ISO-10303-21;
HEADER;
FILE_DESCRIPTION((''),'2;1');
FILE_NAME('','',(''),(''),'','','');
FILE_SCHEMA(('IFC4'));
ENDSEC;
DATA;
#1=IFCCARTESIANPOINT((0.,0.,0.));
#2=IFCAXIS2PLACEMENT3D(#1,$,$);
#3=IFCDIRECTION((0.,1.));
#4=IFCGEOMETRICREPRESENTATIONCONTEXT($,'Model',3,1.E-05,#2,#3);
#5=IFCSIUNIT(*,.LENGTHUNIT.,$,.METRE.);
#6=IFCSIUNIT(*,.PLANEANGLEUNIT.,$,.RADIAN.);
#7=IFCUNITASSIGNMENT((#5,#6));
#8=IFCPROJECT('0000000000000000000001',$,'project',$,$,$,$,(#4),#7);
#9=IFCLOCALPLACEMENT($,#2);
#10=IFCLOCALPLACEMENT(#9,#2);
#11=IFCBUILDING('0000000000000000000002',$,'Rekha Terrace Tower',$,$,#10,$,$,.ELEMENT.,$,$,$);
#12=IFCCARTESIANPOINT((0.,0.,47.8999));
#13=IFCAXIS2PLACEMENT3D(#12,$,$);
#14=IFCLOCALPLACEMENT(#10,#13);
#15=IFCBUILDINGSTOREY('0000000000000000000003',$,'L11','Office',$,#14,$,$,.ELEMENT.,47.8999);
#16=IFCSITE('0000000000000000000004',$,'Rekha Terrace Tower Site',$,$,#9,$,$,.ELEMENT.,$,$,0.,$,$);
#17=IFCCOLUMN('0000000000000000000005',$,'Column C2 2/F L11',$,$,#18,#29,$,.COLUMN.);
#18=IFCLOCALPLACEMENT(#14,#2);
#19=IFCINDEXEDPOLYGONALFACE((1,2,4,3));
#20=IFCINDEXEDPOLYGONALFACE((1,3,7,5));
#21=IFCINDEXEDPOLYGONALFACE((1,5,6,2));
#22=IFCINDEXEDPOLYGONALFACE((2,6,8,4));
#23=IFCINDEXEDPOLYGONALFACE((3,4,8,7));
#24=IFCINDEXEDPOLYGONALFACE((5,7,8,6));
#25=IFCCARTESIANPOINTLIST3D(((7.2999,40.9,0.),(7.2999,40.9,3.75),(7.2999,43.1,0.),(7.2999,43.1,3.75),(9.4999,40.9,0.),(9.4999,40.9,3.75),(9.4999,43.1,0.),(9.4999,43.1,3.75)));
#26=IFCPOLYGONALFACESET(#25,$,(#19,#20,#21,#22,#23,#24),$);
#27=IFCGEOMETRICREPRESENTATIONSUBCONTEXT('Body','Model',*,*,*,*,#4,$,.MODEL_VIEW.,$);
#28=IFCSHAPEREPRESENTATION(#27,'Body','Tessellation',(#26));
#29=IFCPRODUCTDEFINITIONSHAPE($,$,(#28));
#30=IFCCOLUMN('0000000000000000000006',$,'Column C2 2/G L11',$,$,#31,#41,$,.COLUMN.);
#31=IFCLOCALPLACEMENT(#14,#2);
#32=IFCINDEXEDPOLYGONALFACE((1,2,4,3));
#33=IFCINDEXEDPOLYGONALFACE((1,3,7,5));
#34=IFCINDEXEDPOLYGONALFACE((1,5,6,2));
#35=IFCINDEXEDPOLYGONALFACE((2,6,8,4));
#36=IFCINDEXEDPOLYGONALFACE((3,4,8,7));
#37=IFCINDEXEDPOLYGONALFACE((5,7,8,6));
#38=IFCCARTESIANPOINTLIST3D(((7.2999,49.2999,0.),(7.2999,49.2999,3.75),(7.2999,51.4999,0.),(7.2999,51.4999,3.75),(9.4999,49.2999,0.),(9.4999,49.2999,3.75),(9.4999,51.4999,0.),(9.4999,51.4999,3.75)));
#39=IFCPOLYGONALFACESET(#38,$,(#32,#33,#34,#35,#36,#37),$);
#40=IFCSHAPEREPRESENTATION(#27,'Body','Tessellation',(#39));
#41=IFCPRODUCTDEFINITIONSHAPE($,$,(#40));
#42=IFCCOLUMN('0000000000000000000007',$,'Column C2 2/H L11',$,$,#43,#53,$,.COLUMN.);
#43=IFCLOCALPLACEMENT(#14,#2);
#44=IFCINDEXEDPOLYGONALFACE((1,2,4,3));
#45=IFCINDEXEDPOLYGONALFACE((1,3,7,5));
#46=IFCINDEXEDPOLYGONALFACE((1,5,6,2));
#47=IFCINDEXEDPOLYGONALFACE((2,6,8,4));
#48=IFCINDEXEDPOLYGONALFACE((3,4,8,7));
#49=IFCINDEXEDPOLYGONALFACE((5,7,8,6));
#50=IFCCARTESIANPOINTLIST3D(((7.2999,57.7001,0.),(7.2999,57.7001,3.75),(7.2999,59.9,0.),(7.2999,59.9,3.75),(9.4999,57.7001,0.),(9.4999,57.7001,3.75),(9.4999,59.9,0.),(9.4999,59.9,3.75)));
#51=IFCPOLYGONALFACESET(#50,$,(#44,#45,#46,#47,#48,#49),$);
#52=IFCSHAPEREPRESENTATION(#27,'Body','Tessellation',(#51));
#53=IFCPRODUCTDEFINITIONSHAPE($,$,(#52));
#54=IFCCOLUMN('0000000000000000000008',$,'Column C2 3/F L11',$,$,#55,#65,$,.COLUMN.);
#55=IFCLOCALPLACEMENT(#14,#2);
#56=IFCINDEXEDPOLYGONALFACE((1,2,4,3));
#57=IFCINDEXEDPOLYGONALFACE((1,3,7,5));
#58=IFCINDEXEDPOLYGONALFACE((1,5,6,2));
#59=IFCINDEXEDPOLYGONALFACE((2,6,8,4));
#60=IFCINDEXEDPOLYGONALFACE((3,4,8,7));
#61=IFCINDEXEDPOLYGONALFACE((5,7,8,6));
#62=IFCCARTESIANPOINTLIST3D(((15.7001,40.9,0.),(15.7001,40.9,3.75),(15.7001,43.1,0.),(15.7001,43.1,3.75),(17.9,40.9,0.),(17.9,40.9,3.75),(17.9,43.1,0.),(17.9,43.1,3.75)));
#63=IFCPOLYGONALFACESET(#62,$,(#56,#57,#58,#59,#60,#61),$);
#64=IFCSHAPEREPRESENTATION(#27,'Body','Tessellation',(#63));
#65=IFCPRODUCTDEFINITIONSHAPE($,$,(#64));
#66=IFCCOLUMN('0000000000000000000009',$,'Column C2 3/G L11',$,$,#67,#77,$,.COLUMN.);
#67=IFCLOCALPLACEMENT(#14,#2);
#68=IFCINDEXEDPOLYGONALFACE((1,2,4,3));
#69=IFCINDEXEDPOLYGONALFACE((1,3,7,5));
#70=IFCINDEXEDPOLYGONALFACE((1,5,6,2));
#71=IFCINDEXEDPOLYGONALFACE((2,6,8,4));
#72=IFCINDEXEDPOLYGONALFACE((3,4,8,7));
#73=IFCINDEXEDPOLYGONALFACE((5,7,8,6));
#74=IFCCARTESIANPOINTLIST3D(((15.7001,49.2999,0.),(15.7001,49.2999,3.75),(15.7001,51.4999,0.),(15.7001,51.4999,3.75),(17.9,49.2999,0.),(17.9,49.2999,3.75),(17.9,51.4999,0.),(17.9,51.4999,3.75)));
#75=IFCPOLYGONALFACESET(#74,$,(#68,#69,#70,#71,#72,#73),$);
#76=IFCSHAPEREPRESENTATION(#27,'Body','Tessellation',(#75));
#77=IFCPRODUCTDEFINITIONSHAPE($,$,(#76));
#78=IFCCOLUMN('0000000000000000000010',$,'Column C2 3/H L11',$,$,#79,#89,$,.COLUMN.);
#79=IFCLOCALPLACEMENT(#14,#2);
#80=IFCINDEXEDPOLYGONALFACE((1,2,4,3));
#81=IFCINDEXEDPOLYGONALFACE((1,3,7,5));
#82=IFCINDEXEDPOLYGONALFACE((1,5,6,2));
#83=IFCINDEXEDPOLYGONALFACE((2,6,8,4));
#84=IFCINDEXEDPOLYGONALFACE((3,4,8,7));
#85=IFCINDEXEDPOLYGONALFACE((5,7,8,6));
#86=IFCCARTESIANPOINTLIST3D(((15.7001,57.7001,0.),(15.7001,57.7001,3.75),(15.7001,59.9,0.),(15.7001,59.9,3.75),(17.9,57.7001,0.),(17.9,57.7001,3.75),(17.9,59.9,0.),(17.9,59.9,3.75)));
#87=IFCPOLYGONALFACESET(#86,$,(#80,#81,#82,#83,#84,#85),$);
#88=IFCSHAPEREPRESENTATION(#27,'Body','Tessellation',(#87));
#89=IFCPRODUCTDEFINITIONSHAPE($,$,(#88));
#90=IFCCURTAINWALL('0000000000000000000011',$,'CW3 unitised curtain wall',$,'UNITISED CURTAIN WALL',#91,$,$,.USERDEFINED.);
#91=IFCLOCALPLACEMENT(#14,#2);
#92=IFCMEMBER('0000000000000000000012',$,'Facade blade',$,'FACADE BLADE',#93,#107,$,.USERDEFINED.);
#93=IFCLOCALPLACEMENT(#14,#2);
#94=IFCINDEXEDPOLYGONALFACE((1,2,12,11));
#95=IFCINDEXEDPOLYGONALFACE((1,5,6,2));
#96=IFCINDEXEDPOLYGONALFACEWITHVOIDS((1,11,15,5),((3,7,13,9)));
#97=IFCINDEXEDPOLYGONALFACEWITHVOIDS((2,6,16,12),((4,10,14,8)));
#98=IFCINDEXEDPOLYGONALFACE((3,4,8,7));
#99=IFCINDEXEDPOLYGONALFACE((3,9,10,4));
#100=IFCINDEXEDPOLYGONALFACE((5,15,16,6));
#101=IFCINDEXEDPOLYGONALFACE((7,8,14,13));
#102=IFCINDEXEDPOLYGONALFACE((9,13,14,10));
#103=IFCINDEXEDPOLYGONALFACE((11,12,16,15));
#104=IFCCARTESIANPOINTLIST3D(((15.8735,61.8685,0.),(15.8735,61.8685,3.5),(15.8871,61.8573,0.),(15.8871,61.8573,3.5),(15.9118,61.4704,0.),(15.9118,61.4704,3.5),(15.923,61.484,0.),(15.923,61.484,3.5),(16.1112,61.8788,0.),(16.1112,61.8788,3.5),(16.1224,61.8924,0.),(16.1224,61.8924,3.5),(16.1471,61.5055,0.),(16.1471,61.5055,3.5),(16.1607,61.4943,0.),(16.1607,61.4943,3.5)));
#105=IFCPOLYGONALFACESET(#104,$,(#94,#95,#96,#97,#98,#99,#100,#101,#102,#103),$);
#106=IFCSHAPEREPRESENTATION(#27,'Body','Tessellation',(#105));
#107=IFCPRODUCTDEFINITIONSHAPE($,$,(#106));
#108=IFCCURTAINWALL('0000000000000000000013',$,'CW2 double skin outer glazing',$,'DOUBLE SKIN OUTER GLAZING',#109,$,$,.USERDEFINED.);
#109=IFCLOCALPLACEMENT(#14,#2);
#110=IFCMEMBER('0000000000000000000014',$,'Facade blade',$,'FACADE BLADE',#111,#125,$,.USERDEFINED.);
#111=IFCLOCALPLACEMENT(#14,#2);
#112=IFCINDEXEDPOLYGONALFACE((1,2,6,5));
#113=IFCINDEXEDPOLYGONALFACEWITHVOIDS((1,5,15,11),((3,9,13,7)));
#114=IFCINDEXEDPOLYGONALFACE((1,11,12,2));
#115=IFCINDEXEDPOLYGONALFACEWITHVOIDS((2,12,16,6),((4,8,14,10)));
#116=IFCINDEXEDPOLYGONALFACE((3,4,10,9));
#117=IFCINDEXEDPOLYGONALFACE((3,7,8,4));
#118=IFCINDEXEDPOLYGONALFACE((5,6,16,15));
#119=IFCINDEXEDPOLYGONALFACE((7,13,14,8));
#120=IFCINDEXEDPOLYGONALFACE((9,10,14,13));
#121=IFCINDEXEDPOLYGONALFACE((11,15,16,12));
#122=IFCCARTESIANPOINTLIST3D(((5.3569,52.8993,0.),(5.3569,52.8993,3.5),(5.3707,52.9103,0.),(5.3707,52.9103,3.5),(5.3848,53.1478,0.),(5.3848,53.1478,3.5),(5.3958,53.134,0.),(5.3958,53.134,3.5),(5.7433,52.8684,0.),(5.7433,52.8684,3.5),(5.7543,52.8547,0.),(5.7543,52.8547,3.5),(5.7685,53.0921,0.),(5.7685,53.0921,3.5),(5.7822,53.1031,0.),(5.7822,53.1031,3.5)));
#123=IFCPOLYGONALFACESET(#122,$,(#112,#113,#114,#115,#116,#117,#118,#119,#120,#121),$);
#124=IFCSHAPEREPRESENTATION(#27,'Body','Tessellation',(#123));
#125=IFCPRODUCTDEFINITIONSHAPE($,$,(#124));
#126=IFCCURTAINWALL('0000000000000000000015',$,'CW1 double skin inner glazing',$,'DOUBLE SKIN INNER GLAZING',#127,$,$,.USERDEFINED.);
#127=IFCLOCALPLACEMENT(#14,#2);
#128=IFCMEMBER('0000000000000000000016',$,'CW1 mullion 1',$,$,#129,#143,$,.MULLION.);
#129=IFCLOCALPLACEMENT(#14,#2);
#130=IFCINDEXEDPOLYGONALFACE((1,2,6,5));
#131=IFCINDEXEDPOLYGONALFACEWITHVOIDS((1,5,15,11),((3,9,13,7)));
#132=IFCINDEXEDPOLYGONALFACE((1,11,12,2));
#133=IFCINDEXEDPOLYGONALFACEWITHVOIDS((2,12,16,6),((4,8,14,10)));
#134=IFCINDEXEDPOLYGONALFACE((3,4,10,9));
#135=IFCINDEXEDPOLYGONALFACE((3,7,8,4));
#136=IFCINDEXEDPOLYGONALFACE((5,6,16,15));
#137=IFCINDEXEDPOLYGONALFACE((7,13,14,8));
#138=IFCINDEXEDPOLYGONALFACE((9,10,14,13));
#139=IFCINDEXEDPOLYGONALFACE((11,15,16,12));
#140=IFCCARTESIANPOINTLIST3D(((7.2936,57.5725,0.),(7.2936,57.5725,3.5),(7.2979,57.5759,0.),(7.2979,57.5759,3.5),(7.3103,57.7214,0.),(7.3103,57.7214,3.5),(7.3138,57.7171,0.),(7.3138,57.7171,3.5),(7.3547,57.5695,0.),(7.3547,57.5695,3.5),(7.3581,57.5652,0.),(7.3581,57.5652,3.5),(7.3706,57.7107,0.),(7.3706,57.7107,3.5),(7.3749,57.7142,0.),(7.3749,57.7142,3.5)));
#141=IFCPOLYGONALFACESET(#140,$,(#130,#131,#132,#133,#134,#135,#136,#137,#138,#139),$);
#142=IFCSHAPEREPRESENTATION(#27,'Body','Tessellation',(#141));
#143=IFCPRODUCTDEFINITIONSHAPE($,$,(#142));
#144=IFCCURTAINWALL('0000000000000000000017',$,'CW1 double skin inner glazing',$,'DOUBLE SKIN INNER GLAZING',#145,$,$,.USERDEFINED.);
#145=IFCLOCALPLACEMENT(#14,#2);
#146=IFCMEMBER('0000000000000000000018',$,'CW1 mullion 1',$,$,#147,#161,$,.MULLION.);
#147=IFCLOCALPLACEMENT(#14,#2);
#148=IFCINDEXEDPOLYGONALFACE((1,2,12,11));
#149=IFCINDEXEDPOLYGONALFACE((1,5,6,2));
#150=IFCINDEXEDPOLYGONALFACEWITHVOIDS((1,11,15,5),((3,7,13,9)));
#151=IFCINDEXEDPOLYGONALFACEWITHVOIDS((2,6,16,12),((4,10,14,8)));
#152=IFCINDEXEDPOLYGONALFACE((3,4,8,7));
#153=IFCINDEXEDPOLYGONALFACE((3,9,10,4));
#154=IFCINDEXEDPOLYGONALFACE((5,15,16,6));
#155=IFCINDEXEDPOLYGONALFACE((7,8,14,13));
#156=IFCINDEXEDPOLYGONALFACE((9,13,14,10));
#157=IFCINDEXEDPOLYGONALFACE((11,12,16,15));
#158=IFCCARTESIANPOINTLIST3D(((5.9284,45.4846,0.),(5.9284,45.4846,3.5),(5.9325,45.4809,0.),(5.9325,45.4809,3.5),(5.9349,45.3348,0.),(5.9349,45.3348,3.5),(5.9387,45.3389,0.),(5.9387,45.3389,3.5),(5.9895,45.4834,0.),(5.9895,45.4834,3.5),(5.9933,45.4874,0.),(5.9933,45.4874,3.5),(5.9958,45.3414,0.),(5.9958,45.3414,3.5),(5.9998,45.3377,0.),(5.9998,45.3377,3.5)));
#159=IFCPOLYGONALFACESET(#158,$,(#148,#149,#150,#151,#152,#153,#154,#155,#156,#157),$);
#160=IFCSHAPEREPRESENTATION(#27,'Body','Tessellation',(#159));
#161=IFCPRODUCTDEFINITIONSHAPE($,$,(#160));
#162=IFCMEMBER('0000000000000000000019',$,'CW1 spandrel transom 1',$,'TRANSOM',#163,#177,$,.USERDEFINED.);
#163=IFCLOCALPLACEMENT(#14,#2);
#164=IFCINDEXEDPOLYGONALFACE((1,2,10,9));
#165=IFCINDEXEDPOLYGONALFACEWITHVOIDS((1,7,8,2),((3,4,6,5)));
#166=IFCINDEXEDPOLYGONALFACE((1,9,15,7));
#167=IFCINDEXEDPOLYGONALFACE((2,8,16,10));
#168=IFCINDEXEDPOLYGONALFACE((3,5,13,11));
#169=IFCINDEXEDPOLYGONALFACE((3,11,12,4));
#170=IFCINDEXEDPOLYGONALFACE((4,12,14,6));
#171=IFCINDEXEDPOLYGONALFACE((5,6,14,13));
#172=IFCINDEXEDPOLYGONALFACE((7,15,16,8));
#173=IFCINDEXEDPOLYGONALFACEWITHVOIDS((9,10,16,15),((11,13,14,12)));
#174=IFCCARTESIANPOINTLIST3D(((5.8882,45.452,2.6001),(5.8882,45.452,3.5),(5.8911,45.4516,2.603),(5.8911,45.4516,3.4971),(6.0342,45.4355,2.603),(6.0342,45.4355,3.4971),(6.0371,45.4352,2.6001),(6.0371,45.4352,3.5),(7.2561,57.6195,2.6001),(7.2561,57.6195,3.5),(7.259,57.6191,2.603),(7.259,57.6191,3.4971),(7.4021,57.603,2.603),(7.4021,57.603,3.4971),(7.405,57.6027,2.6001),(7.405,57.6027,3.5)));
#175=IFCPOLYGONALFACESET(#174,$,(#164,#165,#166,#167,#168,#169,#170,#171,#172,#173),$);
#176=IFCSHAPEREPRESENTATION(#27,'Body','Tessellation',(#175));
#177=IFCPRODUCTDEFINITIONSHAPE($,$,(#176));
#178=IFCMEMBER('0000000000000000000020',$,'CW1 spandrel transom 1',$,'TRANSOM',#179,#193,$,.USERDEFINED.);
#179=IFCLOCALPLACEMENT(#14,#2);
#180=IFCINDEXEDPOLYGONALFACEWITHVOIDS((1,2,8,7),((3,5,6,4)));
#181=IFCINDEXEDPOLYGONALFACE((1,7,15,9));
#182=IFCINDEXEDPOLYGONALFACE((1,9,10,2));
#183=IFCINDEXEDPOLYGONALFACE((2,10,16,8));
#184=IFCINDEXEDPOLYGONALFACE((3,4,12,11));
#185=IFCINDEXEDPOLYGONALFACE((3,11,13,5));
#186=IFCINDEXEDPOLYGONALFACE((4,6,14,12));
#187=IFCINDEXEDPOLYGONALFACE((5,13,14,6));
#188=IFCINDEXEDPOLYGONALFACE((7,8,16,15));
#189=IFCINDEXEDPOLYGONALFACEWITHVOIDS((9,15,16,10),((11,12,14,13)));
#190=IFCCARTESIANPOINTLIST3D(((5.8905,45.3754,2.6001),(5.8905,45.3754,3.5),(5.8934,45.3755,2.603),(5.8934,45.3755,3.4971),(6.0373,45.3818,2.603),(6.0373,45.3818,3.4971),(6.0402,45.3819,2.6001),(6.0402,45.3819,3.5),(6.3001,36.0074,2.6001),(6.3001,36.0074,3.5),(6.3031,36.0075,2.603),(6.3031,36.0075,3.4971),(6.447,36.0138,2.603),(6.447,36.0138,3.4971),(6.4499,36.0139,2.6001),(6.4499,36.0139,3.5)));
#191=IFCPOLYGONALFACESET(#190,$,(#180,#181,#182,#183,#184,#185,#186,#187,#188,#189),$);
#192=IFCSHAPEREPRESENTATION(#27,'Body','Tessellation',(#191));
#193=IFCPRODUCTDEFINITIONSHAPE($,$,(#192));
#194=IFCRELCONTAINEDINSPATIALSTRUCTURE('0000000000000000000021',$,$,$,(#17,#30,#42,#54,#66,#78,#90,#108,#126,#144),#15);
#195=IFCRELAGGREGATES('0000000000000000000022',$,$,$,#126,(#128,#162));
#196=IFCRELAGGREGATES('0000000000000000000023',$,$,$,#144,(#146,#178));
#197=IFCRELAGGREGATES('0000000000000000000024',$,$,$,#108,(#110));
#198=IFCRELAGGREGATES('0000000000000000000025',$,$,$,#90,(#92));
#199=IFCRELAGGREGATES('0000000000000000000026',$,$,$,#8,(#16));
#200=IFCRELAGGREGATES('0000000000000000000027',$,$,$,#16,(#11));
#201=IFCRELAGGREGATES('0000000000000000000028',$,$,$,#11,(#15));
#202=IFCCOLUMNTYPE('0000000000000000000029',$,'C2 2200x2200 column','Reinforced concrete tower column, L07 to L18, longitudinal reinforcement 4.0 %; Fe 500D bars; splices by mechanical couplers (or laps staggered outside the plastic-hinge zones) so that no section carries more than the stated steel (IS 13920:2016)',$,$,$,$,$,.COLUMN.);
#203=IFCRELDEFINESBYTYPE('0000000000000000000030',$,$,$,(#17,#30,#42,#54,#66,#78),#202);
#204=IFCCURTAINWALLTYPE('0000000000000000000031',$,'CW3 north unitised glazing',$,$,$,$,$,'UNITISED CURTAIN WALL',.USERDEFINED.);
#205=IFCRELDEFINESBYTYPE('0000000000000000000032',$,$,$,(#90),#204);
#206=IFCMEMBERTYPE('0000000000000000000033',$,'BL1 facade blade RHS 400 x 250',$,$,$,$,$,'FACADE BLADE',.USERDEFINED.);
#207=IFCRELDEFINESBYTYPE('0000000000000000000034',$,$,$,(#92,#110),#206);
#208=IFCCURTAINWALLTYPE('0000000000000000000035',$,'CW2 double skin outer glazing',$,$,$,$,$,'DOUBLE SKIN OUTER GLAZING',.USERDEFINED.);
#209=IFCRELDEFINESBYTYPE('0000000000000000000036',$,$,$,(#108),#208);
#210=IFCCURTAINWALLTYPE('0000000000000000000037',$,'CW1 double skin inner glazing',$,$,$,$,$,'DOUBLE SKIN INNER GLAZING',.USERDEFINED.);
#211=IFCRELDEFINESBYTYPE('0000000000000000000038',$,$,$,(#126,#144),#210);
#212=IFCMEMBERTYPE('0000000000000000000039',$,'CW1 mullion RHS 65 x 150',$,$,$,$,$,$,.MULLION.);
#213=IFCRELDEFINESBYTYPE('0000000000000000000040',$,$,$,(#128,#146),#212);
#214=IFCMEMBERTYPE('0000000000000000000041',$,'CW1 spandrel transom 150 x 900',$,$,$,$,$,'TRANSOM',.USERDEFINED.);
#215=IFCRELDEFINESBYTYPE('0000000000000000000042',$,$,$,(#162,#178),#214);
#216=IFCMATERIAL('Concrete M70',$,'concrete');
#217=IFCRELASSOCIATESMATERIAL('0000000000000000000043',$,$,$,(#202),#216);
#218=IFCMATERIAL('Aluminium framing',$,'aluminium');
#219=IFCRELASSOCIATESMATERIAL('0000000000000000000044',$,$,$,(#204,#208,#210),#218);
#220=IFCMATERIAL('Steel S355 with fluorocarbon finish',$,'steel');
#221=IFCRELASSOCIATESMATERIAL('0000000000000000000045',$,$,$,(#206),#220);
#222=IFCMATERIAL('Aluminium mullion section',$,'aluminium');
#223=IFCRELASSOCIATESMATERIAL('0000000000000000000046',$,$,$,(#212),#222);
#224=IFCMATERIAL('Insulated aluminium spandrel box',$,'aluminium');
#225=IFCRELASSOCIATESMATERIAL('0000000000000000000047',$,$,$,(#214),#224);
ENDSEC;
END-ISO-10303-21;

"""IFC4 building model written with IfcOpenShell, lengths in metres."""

from ifc_helpers import new_model, si_unit, direction, frame, origin, origin_2d, place, context, subcontext, project, spatial, rectangle, hollow_rectangle, extrude, material, material_profile, profile_set, type_object, element, aggregate, save


model = new_model("IFC4")

# Units and contexts
model_context = context("Model", 3, precision=1e-05, world=origin(), true_north=direction((0.0, 1.0)))
body_context = subcontext(model_context, "Body", "Model", "MODEL_VIEW")
ifc_project = project(units=[si_unit("LENGTHUNIT", "METRE"), si_unit("PLANEANGLEUNIT", "RADIAN")], contexts=[model_context])

# Site, building, storey
site_placement = place(None, origin())
site = spatial("IfcSite", under=ifc_project, at=site_placement, Name="Rekha Terrace Tower Site", CompositionType="ELEMENT", RefElevation=0.0)
building_placement = place(site_placement, origin())
building = spatial("IfcBuilding", under=site, at=building_placement, Name="Rekha Terrace Tower", CompositionType="ELEMENT")
storey_placement = place(building_placement, frame((0.0, 0.0, 47.8999)))
storey = spatial("IfcBuildingStorey", under=building, at=storey_placement, Name="L11", Description="Office", CompositionType="ELEMENT", Elevation=47.8999)

# Columns
ifc_material_1 = material(Name="Concrete M70", Category="concrete")
ifc_material_profile_1 = material_profile(ifc_material_1, rectangle(XDim=2.2, YDim=2.2, at=origin_2d()), Name="RC 2200x2200")
ifc_profile_set_1 = profile_set([ifc_material_profile_1], Name="Concrete M70")
column_type = type_object("IfcColumnType", Name="C2 2200x2200 column", Description="Reinforced concrete tower column, L07 to L18, longitudinal reinforcement 4.0 %; Fe 500D bars; splices by mechanical couplers (or laps staggered outside the plastic-hinge zones) so that no section carries more than the stated steel (IS 13920:2016)", PredefinedType="COLUMN", material=ifc_profile_set_1)
for number, where, z_axis, x_axis, name in (
    (1, (8.3999, 42.0, 0.0), (0.0, 0.0, 1.0), (1.0, 0.0, 0.0), "Column C2 2/F L11"),
    (2, (8.3999, 50.3999, 0.0), (0.0, 0.0, 1.0), (1.0, 0.0, 0.0), "Column C2 2/G L11"),
    (3, (8.3999, 58.8, 0.0), (0.0, 0.0, 1.0), (1.0, 0.0, 0.0), "Column C2 2/H L11"),
    (4, (16.8, 42.0, 0.0), (0.0, 0.0, 1.0), (1.0, 0.0, 0.0), "Column C2 3/F L11"),
    (5, (16.8, 50.3999, 0.0), (0.0, 0.0, 1.0), (1.0, 0.0, 0.0), "Column C2 3/G L11"),
    (6, (16.8, 58.8, 0.0), (0.0, 0.0, 1.0), (1.0, 0.0, 0.0), "Column C2 3/H L11"),
):
    element("IfcColumn", number, at=place(storey_placement, frame(where, z_axis=z_axis, x_axis=x_axis)), inside=storey, type_object=column_type, Name=name, PredefinedType="COLUMN", context=body_context, shape_type="SweptSolid", body=[
        extrude(rectangle(XDim=2.2, YDim=2.2, at=origin_2d()), origin(), (0.0, 0.0, 1.0), 3.75),
    ])

# Curtain walls, members
ifc_material_2 = material(Name="Aluminium framing", Category="aluminium")
curtain_wall_type_1 = type_object("IfcCurtainWallType", Name="CW3 north unitised glazing", ElementType="UNITISED CURTAIN WALL", PredefinedType="USERDEFINED", material=ifc_material_2)
curtain_wall_1_placement = place(storey_placement, origin())
curtain_wall_1 = element("IfcCurtainWall", 7, at=curtain_wall_1_placement, inside=storey, type_object=curtain_wall_type_1, Name="CW3 unitised curtain wall", ObjectType="UNITISED CURTAIN WALL", PredefinedType="USERDEFINED")
ifc_material_3 = material(Name="Steel S355 with fluorocarbon finish", Category="steel")
ifc_material_profile_2 = material_profile(ifc_material_3, hollow_rectangle(XDim=0.25, YDim=0.3999, WallThickness=0.0125, at=origin_2d()), Name="RHS400x250x12.5")
ifc_profile_set_2 = profile_set([ifc_material_profile_2], Name="Steel S355 with fluorocarbon finish")
member_type_1 = type_object("IfcMemberType", Name="BL1 facade blade RHS 400 x 250", ElementType="FACADE BLADE", PredefinedType="USERDEFINED", material=ifc_profile_set_2)
member_1_placement = place(storey_placement, frame((16.0171, 61.6814, 0.0), z_axis=(0.0, 0.0, 1.0), x_axis=(-0.995409, -0.095712, 0.0)))
member_1 = element("IfcMember", 8, at=member_1_placement, type_object=member_type_1, Name="Facade blade", ObjectType="FACADE BLADE", PredefinedType="USERDEFINED", context=body_context, shape_type="SweptSolid", body=[
    extrude(hollow_rectangle(XDim=0.25, YDim=0.3999, WallThickness=0.0125, at=origin_2d()), origin(), (0.0, 0.0, 1.0), 3.5),
])
curtain_wall_type_2 = type_object("IfcCurtainWallType", Name="CW2 double skin outer glazing", ElementType="DOUBLE SKIN OUTER GLAZING", PredefinedType="USERDEFINED", material=ifc_material_2)
curtain_wall_2_placement = place(storey_placement, origin())
curtain_wall_2 = element("IfcCurtainWall", 9, at=curtain_wall_2_placement, inside=storey, type_object=curtain_wall_type_2, Name="CW2 double skin outer glazing", ObjectType="DOUBLE SKIN OUTER GLAZING", PredefinedType="USERDEFINED")
member_2_placement = place(storey_placement, frame((5.5696, 53.0012, 0.0), z_axis=(0.0, 0.0, 1.0), x_axis=(-0.111729, -0.993739, 0.0)))
member_2 = element("IfcMember", 10, at=member_2_placement, type_object=member_type_1, Name="Facade blade", ObjectType="FACADE BLADE", PredefinedType="USERDEFINED", context=body_context, shape_type="SweptSolid", body=[
    extrude(hollow_rectangle(XDim=0.25, YDim=0.3999, WallThickness=0.0125, at=origin_2d()), origin(), (0.0, 0.0, 1.0), 3.5),
])
curtain_wall_type_3 = type_object("IfcCurtainWallType", Name="CW1 double skin inner glazing", ElementType="DOUBLE SKIN INNER GLAZING", PredefinedType="USERDEFINED", material=ifc_material_2)
curtain_wall_3_placement = place(storey_placement, origin())
curtain_wall_3 = element("IfcCurtainWall", 11, at=curtain_wall_3_placement, inside=storey, type_object=curtain_wall_type_3, Name="CW1 double skin inner glazing", ObjectType="DOUBLE SKIN INNER GLAZING", PredefinedType="USERDEFINED")
ifc_material_4 = material(Name="Aluminium mullion section", Category="aluminium")
ifc_material_profile_3 = material_profile(ifc_material_4, hollow_rectangle(XDim=0.0649, YDim=0.1499, WallThickness=0.0039, at=origin_2d()), Name="AL RHS 65x150")
ifc_profile_set_3 = profile_set([ifc_material_profile_3], Name="Aluminium mullion section")
member_type_2 = type_object("IfcMemberType", Name="CW1 mullion RHS 65 x 150", PredefinedType="MULLION", material=ifc_profile_set_3)
member_3_placement = place(storey_placement, frame((7.3342, 57.6433, 0.0), z_axis=(0.0, 0.0, 1.0), x_axis=(0.993739, -0.11173, 0.0)))
member_3 = element("IfcMember", 12, at=member_3_placement, type_object=member_type_2, Name="CW1 mullion 1", PredefinedType="MULLION", context=body_context, shape_type="SweptSolid", body=[
    extrude(hollow_rectangle(XDim=0.0649, YDim=0.1499, WallThickness=0.0039, at=origin_2d()), origin(), (0.0, 0.0, 1.0), 3.5),
])
curtain_wall_4_placement = place(storey_placement, origin())
curtain_wall_4 = element("IfcCurtainWall", 13, at=curtain_wall_4_placement, inside=storey, type_object=curtain_wall_type_3, Name="CW1 double skin inner glazing", ObjectType="DOUBLE SKIN INNER GLAZING", PredefinedType="USERDEFINED")
member_4_placement = place(storey_placement, frame((5.9641, 45.4111, 0.0), z_axis=(0.0, 0.0, 1.0), x_axis=(0.999045, 0.043683, 0.0)))
member_4 = element("IfcMember", 14, at=member_4_placement, type_object=member_type_2, Name="CW1 mullion 1", PredefinedType="MULLION", context=body_context, shape_type="SweptSolid", body=[
    extrude(hollow_rectangle(XDim=0.0649, YDim=0.1499, WallThickness=0.0039, at=origin_2d()), origin(), (0.0, 0.0, 1.0), 3.5),
])

# Members
ifc_material_5 = material(Name="Insulated aluminium spandrel box", Category="aluminium")
ifc_material_profile_4 = material_profile(ifc_material_5, hollow_rectangle(XDim=0.1499, YDim=0.8999, WallThickness=0.0029, at=origin_2d()), Name="AL SPANDREL BOX 150x900")
ifc_profile_set_4 = profile_set([ifc_material_profile_4], Name="Insulated aluminium spandrel box")
member_type_3 = type_object("IfcMemberType", Name="CW1 spandrel transom 150 x 900", ElementType="TRANSOM", PredefinedType="USERDEFINED", material=ifc_profile_set_4)
member_5_placement = place(storey_placement, frame((7.3306, 57.6111, 3.05), z_axis=(-0.11172, -0.99374, 0.0), x_axis=(0.99374, -0.11172, 0.0)))
member_5 = element("IfcMember", 15, at=member_5_placement, type_object=member_type_3, Name="CW1 spandrel transom 1", ObjectType="TRANSOM", PredefinedType="USERDEFINED", context=body_context, shape_type="SweptSolid", body=[
    extrude(hollow_rectangle(XDim=0.1499, YDim=0.8999, WallThickness=0.0029, at=origin_2d()), origin(), (0.0, 0.0, 1.0), 12.2441),
])
member_6_placement = place(storey_placement, frame((5.9653, 45.3787, 3.05), z_axis=(0.043689, -0.999045, 0.0), x_axis=(0.999045, 0.043689, 0.0)))
member_6 = element("IfcMember", 16, at=member_6_placement, type_object=member_type_3, Name="CW1 spandrel transom 1", ObjectType="TRANSOM", PredefinedType="USERDEFINED", context=body_context, shape_type="SweptSolid", body=[
    extrude(hollow_rectangle(XDim=0.1499, YDim=0.8999, WallThickness=0.0029, at=origin_2d()), origin(), (0.0, 0.0, 1.0), 9.377),
])

aggregate(curtain_wall_3, [member_3, member_5])
aggregate(curtain_wall_4, [member_4, member_6])
aggregate(curtain_wall_2, [member_2])
aggregate(curtain_wall_1, [member_1])

save(model, "model.ifc")
